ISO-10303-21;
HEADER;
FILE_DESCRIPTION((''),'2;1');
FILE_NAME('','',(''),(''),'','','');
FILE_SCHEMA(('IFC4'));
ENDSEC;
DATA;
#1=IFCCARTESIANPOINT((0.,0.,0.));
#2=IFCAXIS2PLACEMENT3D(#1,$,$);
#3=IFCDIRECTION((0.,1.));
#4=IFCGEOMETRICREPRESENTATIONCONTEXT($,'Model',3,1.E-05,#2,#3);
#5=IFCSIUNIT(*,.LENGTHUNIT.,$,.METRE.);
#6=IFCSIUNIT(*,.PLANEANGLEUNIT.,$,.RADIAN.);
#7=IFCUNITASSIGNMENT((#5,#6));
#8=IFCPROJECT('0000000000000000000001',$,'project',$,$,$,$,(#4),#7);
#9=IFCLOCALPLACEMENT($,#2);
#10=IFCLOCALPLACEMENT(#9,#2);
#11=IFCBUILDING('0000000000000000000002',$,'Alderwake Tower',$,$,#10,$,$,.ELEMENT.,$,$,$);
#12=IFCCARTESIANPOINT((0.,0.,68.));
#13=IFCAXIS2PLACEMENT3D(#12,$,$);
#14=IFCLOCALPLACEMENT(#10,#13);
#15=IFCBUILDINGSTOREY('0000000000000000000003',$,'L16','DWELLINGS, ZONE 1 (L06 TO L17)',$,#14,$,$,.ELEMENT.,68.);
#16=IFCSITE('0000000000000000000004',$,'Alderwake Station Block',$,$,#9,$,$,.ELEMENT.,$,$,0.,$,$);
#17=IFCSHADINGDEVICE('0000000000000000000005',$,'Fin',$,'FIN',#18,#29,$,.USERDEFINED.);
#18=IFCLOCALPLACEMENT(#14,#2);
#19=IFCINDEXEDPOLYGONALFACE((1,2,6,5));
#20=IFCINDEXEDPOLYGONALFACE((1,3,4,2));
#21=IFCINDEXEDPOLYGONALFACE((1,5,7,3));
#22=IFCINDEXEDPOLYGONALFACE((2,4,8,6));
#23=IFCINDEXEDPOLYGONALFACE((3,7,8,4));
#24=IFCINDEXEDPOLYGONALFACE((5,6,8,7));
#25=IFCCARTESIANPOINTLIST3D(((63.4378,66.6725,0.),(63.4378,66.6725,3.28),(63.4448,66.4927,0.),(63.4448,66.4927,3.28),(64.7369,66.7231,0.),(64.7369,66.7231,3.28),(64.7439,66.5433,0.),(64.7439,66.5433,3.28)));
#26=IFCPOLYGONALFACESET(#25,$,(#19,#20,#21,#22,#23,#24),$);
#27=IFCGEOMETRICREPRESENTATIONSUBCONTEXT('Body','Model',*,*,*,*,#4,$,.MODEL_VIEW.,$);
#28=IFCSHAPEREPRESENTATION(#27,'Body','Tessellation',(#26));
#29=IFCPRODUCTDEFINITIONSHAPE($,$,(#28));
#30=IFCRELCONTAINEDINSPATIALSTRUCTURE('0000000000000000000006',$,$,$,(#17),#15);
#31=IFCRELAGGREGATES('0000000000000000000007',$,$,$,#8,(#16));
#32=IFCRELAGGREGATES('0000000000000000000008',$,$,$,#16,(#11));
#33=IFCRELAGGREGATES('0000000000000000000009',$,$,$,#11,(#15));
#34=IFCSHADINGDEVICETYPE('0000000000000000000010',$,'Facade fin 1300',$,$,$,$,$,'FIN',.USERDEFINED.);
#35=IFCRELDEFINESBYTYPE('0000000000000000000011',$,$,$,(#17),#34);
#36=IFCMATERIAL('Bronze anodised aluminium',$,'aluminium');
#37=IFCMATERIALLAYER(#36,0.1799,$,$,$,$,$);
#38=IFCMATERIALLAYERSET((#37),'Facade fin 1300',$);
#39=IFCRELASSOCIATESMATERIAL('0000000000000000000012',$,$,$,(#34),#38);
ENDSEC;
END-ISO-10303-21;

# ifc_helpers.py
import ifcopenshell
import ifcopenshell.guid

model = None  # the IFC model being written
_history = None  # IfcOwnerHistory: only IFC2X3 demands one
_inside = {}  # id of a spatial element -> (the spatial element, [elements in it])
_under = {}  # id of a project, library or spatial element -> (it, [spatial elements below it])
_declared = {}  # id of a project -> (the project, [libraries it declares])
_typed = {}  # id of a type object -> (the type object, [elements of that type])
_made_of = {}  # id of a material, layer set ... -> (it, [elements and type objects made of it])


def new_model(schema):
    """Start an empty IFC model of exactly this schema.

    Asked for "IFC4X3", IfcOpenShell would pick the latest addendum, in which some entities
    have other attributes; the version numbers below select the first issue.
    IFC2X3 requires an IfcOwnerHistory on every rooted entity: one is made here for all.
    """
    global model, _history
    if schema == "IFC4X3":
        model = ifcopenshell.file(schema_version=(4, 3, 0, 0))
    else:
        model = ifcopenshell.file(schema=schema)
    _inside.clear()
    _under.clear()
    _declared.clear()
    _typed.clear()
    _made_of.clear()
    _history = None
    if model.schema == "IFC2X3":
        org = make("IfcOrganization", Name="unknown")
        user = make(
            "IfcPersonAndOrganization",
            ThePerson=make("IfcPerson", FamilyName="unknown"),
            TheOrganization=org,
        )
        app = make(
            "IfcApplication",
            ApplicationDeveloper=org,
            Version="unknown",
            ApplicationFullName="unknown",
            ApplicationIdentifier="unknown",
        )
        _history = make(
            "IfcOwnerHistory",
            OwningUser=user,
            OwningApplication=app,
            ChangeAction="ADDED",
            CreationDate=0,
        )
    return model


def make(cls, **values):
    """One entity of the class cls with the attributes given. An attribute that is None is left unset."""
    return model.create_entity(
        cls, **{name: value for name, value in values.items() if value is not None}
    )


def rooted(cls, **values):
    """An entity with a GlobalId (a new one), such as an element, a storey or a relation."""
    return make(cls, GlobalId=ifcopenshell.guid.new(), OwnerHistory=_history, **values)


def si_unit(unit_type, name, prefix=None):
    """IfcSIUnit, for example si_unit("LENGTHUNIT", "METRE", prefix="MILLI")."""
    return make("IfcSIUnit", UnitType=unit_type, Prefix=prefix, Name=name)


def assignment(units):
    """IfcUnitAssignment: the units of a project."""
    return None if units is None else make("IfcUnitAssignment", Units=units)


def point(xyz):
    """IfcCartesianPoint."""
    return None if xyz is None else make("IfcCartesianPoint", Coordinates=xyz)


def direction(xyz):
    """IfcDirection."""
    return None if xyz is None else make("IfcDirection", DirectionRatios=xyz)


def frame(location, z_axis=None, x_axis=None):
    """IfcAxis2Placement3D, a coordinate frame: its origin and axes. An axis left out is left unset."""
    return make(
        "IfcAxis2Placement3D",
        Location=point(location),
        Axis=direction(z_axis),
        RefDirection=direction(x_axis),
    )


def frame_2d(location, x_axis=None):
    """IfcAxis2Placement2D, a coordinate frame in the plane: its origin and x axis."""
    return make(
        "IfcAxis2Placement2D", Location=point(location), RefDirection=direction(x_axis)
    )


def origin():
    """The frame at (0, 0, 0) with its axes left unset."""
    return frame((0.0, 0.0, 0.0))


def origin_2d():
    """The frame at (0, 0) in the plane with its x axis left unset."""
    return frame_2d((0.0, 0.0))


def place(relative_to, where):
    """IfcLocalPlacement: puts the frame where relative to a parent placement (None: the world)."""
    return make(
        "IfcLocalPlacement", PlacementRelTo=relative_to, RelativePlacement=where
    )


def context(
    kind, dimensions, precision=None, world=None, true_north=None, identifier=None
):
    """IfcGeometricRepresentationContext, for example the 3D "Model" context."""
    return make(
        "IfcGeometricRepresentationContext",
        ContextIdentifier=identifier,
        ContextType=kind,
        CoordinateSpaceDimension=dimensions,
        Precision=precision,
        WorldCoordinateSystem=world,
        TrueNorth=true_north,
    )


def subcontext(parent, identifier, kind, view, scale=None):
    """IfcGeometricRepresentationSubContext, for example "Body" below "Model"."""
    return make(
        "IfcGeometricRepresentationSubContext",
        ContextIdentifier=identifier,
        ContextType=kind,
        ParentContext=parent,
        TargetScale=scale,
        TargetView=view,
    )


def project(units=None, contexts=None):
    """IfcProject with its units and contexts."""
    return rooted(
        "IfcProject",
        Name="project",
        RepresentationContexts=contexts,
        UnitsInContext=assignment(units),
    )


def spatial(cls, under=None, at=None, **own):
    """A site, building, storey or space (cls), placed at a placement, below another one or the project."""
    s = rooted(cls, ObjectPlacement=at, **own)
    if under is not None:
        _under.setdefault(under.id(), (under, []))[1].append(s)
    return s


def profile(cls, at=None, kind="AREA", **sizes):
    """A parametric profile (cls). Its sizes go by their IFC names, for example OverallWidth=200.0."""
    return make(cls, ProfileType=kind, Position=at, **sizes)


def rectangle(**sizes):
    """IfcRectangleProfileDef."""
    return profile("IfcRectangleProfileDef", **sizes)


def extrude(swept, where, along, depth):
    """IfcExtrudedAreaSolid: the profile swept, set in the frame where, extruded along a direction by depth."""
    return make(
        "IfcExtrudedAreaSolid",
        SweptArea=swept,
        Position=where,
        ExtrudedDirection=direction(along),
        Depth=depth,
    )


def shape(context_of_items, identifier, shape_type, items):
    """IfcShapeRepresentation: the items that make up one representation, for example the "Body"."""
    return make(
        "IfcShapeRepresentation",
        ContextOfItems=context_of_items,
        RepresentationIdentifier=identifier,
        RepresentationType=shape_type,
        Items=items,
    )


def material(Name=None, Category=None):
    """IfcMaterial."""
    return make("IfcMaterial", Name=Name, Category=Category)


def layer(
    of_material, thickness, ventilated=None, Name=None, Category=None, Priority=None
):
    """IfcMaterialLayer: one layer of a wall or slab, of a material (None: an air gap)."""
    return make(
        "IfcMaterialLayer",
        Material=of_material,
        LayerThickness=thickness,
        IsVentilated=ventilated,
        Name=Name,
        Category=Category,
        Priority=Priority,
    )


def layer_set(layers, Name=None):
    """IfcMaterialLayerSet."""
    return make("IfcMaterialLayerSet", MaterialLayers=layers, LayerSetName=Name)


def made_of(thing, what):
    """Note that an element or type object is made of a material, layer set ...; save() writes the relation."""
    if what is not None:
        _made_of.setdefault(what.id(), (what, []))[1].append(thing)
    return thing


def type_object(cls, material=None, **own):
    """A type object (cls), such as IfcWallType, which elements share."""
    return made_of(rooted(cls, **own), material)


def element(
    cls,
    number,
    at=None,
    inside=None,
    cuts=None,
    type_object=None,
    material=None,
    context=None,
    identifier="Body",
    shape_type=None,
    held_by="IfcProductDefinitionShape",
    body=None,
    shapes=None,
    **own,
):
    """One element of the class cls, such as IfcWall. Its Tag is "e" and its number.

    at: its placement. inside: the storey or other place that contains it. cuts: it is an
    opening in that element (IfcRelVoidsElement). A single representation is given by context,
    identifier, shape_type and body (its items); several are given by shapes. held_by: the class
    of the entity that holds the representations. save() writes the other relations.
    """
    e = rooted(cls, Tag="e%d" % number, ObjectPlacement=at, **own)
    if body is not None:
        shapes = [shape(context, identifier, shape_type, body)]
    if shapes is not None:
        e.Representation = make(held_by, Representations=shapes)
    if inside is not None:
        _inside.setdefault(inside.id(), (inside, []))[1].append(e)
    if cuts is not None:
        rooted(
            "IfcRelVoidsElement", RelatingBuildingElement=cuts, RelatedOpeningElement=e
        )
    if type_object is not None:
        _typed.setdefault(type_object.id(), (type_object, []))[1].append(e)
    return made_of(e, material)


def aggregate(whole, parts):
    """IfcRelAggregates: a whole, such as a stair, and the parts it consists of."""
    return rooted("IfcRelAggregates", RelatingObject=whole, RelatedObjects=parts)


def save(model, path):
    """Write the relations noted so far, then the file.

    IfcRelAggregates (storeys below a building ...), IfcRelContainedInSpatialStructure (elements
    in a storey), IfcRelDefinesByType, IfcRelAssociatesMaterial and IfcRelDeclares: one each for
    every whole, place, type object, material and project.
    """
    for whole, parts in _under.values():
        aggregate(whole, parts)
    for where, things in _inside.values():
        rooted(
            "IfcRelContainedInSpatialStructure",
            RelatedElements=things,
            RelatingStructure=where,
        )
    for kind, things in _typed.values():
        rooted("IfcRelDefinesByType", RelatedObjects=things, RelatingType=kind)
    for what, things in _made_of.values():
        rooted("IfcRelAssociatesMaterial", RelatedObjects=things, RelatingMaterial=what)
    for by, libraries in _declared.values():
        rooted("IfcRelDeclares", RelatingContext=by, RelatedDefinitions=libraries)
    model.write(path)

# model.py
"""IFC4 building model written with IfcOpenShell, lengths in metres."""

from ifc_helpers import new_model, si_unit, direction, frame, origin, origin_2d, place, context, subcontext, project, spatial, rectangle, extrude, material, layer, layer_set, type_object, element, save


model = new_model("IFC4")

# Units and contexts
model_context = context("Model", 3, precision=1e-05, world=origin(), true_north=direction((0.0, 1.0)))
body_context = subcontext(model_context, "Body", "Model", "MODEL_VIEW")
ifc_project = project(units=[si_unit("LENGTHUNIT", "METRE"), si_unit("PLANEANGLEUNIT", "RADIAN")], contexts=[model_context])

# Site, building, storey
site_placement = place(None, origin())
site = spatial("IfcSite", under=ifc_project, at=site_placement, Name="Alderwake Station Block", CompositionType="ELEMENT", RefElevation=0.0)
building_placement = place(site_placement, origin())
building = spatial("IfcBuilding", under=site, at=building_placement, Name="Alderwake Tower", CompositionType="ELEMENT")
storey_placement = place(building_placement, frame((0.0, 0.0, 68.0)))
storey = spatial("IfcBuildingStorey", under=building, at=storey_placement, Name="L16", Description="DWELLINGS, ZONE 1 (L06 TO L17)", CompositionType="ELEMENT", Elevation=68.0)

# Shading device
ifc_material_1 = material(Name="Bronze anodised aluminium", Category="aluminium")
ifc_layer_1 = layer(ifc_material_1, 0.1799)
ifc_layer_set_1 = layer_set([ifc_layer_1], Name="Facade fin 1300")
shading_device_type = type_object("IfcShadingDeviceType", Name="Facade fin 1300", ElementType="FIN", PredefinedType="USERDEFINED", material=ifc_layer_set_1)
for number, where, z_axis, x_axis, name in (
    (1, (64.0908, 66.6079, 0.0), (0.0, 0.0, 1.0), (0.999243, 0.03889, 0.0), "Fin"),
):
    element("IfcShadingDevice", number, at=place(storey_placement, frame(where, z_axis=z_axis, x_axis=x_axis)), inside=storey, type_object=shading_device_type, Name=name, ObjectType="FIN", PredefinedType="USERDEFINED", context=body_context, shape_type="SweptSolid", body=[
        extrude(rectangle(XDim=1.3, YDim=0.1799, at=origin_2d()), origin(), (0.0, 0.0, 1.0), 3.28),
    ])

save(model, "model.ifc")
